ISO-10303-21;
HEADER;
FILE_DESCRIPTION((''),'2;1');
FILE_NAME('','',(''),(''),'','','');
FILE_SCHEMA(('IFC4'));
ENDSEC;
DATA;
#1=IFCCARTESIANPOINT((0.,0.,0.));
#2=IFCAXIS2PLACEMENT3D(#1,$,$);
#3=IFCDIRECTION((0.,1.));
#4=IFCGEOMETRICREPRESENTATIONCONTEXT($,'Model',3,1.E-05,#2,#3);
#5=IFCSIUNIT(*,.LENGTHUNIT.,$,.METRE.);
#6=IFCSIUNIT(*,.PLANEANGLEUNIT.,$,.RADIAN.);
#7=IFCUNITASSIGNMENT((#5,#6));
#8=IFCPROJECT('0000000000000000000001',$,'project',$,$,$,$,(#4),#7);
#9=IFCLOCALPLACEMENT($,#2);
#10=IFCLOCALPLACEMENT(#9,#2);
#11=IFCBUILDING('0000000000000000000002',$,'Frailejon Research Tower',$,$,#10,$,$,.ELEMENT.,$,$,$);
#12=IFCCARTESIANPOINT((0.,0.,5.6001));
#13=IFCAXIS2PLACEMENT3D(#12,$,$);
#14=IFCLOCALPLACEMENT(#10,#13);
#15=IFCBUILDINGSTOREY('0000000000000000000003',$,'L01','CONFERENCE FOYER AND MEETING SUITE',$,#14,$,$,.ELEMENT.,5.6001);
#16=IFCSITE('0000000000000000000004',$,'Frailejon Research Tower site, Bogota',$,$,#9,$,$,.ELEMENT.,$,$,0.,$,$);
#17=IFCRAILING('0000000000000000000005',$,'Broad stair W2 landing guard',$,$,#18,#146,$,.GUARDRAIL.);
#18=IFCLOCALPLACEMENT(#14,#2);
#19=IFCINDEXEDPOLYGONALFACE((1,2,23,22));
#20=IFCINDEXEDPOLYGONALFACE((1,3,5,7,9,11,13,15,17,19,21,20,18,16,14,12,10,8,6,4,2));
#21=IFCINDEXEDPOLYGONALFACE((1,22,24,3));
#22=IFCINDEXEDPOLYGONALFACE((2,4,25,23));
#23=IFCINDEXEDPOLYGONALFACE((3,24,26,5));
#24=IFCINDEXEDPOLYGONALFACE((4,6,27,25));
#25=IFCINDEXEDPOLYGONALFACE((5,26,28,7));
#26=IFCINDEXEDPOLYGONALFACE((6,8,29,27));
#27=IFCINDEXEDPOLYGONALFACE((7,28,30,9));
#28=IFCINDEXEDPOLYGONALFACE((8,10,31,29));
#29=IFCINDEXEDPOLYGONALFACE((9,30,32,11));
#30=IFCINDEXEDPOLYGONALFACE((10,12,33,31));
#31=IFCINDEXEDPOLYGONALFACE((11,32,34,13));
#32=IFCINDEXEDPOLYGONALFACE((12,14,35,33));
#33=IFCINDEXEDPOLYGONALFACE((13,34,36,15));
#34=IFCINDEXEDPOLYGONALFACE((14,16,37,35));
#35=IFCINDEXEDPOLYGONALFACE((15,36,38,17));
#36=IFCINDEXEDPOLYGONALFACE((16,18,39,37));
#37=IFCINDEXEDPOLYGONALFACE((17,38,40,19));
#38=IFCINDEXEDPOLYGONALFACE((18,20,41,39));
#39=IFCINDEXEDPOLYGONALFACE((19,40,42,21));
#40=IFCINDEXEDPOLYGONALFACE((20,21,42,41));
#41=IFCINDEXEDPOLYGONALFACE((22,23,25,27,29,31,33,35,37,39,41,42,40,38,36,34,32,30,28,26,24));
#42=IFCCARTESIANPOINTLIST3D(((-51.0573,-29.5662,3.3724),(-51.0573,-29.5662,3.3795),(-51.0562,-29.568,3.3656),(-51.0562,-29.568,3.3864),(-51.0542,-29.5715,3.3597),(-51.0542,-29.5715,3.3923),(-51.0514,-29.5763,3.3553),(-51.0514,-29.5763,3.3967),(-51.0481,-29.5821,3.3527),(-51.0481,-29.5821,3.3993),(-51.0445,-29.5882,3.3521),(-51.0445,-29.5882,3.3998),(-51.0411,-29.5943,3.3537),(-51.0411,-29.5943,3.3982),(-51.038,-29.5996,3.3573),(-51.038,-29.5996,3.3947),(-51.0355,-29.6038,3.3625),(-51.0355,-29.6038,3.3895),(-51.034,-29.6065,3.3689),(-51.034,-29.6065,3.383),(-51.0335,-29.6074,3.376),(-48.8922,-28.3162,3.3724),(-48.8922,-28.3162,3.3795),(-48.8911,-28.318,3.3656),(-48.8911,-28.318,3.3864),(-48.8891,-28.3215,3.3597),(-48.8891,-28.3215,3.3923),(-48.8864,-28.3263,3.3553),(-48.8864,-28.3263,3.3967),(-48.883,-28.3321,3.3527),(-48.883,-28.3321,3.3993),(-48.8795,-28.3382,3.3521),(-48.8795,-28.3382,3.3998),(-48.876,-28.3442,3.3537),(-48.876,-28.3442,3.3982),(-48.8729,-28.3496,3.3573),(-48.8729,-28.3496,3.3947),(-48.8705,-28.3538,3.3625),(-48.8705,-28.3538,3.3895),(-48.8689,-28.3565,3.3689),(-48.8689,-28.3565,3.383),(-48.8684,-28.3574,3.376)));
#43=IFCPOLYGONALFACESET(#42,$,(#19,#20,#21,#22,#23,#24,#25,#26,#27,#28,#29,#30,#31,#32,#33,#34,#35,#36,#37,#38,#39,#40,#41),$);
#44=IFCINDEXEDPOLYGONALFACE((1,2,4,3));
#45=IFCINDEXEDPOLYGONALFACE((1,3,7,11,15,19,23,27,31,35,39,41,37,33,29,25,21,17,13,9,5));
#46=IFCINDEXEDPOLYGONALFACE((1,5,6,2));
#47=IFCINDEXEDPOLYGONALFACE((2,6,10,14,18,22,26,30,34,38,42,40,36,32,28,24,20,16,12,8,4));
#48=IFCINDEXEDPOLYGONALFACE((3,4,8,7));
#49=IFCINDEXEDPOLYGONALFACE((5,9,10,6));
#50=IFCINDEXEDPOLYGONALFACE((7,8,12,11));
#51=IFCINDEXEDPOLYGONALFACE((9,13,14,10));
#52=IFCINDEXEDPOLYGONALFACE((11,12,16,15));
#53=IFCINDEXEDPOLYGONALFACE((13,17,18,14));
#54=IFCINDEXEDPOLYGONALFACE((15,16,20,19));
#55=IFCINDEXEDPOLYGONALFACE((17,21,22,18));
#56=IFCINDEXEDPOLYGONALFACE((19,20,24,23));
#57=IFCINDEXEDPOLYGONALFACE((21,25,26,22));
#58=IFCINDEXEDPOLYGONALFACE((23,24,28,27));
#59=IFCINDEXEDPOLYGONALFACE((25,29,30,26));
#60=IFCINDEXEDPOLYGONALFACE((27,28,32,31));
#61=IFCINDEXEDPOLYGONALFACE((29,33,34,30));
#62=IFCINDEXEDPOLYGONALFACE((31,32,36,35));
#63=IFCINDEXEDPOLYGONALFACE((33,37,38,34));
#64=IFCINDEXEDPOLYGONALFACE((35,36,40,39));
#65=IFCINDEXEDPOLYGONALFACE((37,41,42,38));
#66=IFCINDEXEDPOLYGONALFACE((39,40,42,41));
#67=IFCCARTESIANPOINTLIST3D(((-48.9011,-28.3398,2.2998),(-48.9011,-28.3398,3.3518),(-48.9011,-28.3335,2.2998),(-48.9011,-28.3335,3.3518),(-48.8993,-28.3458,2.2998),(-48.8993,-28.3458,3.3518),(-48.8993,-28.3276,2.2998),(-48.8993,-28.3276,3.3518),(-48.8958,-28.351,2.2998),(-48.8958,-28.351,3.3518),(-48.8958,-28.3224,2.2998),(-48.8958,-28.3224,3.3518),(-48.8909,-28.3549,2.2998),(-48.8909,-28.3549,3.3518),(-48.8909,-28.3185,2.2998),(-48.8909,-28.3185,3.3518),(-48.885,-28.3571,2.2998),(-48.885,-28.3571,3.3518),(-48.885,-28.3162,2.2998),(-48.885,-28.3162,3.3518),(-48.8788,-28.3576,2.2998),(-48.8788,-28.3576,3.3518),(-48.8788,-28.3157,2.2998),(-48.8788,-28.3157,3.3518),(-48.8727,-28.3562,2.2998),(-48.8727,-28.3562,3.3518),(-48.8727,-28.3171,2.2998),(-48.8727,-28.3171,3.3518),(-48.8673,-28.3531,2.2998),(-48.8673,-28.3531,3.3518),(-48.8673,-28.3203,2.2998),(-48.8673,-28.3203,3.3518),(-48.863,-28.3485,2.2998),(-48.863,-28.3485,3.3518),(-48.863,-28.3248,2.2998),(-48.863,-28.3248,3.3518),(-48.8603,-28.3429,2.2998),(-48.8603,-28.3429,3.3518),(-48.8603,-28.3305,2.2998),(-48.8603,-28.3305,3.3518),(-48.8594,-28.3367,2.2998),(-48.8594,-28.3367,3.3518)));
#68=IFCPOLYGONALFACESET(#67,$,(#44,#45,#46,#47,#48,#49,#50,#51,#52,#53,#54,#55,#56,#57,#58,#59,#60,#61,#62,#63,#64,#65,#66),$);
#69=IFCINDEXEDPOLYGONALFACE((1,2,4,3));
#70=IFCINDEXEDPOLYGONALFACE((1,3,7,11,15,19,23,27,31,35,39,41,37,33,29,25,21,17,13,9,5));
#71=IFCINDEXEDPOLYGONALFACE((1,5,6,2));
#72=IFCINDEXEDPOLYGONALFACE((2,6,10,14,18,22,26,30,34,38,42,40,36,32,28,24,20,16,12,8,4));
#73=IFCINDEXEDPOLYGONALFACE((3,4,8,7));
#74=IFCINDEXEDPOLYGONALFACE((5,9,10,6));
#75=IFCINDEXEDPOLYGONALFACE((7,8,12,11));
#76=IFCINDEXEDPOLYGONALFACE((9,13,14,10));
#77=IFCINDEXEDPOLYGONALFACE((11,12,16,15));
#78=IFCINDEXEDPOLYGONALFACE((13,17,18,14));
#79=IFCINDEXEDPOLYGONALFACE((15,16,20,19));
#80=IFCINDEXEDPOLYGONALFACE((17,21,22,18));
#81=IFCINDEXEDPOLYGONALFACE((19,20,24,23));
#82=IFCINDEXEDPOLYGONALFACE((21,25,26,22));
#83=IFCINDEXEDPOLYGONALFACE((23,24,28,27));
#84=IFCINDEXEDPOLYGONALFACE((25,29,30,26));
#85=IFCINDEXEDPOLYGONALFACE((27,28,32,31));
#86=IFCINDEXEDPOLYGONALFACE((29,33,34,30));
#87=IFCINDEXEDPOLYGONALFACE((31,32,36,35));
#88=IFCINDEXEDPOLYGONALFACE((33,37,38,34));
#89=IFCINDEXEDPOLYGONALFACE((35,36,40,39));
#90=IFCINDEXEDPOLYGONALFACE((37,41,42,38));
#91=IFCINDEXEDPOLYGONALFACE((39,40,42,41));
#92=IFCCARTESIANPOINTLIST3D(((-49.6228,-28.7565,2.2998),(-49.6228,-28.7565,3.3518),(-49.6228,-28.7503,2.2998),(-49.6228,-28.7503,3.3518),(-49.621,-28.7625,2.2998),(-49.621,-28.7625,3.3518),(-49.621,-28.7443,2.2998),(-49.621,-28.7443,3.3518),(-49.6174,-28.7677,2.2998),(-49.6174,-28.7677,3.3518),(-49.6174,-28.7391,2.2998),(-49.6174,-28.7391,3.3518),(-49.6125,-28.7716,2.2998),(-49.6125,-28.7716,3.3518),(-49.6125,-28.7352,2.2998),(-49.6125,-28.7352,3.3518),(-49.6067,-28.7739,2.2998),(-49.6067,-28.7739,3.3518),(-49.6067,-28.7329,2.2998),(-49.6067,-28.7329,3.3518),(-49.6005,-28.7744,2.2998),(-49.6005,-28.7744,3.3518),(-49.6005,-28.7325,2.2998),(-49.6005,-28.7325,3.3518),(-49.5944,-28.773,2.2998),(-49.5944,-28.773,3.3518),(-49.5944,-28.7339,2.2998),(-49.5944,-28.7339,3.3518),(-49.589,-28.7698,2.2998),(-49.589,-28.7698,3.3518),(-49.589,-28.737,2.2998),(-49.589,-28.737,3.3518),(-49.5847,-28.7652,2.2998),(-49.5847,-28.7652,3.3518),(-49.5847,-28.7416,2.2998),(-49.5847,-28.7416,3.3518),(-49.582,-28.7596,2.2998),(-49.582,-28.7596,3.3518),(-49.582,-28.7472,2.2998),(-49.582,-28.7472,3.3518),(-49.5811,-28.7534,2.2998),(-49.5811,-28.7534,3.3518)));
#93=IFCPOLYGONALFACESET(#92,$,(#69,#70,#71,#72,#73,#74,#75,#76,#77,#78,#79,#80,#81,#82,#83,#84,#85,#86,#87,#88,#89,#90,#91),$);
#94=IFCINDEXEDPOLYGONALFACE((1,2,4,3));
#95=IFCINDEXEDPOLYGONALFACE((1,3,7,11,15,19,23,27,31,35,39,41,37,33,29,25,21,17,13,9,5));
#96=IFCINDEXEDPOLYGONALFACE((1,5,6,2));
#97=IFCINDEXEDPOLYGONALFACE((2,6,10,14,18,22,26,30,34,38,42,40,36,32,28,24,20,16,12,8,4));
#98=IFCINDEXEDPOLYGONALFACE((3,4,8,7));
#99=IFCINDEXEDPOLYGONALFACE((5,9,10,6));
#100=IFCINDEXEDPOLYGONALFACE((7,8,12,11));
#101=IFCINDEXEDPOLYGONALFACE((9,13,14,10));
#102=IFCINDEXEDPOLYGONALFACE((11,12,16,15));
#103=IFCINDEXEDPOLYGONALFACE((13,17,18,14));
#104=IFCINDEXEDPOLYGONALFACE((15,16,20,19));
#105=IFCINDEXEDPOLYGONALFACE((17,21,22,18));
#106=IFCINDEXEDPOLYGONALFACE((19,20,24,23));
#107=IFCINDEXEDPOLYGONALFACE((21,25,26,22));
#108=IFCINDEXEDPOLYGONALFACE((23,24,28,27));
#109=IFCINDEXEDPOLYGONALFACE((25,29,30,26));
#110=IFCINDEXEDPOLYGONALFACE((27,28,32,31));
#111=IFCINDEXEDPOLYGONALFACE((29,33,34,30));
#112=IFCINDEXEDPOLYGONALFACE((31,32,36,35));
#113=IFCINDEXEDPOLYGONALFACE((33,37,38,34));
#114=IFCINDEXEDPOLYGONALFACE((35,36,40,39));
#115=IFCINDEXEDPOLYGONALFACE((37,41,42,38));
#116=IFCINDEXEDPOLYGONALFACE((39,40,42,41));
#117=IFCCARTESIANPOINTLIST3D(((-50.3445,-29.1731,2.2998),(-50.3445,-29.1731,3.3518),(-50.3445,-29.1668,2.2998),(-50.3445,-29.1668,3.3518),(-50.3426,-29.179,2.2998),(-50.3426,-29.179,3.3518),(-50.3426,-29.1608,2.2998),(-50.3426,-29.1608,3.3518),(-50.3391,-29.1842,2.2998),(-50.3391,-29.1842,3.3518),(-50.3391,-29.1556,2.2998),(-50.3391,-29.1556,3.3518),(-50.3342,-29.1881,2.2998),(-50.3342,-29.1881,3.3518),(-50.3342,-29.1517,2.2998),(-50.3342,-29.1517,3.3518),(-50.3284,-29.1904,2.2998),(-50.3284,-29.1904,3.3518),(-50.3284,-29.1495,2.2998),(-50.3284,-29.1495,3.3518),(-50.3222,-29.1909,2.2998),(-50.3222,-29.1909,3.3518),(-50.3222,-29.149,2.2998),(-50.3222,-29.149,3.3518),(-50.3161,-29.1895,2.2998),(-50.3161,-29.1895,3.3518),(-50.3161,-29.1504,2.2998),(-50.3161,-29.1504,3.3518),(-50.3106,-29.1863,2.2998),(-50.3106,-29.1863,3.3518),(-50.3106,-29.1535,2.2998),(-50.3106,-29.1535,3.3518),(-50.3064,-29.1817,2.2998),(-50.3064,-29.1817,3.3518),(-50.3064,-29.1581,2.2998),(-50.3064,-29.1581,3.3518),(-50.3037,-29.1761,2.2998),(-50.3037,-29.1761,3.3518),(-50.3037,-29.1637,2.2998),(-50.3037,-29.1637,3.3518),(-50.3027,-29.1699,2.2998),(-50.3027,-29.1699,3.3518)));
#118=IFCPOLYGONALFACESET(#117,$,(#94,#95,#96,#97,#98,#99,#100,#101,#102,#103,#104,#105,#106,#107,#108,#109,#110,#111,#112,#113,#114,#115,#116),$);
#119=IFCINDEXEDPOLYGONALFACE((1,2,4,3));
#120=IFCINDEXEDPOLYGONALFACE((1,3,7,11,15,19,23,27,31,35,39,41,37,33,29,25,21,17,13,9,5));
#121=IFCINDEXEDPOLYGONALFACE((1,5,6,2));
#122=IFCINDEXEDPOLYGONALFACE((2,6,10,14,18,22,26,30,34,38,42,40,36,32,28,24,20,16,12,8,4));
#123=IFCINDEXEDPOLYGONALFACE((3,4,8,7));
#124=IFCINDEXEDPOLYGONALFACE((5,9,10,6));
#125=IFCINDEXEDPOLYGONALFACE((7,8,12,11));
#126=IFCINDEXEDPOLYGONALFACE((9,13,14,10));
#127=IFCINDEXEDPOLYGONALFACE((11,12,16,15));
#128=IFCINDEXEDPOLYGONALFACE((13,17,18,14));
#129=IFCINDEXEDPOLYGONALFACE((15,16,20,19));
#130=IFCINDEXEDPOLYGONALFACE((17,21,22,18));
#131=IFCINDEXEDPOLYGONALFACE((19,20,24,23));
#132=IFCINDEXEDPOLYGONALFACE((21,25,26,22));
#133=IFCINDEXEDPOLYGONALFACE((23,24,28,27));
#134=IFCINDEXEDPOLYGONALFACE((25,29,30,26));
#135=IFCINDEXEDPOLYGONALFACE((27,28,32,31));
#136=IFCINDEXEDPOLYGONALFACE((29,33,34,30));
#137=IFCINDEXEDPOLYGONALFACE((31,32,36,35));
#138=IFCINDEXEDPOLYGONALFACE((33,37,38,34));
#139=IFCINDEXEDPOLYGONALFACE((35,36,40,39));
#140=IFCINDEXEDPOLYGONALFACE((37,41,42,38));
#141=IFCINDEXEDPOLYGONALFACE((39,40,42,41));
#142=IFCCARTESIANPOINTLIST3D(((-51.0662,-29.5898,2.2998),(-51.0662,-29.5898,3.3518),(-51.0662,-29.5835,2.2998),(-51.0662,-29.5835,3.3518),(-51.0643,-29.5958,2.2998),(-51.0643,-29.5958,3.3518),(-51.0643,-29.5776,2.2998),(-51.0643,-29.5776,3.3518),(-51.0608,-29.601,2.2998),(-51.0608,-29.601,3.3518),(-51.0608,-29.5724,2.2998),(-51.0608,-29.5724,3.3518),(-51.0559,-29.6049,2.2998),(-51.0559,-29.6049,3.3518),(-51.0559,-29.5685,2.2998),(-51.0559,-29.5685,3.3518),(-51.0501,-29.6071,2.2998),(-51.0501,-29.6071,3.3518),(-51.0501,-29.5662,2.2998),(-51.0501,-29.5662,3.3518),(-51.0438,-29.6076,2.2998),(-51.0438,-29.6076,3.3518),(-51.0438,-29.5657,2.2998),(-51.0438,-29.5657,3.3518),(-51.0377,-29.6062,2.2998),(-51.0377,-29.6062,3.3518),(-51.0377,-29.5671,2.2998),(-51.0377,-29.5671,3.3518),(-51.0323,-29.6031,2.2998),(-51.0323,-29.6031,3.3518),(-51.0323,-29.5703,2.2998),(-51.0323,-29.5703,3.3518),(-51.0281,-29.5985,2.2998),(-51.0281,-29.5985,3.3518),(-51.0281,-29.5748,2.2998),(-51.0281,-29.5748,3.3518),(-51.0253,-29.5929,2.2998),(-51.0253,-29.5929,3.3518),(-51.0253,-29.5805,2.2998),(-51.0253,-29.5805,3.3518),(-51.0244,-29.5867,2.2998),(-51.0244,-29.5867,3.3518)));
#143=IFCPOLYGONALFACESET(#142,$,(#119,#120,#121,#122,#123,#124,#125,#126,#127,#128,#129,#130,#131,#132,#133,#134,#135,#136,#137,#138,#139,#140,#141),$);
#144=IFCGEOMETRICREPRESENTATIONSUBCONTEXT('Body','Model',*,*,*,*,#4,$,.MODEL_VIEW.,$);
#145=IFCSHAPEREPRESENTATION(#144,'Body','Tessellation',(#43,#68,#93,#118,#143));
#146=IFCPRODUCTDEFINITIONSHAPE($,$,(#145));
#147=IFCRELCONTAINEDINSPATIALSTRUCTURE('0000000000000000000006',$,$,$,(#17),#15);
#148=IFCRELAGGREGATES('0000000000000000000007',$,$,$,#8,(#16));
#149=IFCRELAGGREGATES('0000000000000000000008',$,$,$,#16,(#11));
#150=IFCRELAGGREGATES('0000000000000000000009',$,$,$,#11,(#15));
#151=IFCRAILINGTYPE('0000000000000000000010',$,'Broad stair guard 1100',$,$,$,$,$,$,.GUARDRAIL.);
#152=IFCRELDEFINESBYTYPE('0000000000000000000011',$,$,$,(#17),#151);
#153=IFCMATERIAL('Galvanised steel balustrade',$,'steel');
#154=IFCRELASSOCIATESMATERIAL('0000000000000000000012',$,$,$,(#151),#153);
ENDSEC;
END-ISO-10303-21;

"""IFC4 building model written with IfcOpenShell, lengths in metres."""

from ifc_helpers import new_model, si_unit, direction, frame, origin, origin_2d, place, context, subcontext, project, spatial, circle, extrude, material, type_object, element, save


model = new_model("IFC4")

# Units and contexts
model_context = context("Model", 3, precision=1e-05, world=origin(), true_north=direction((0.0, 1.0)))
body_context = subcontext(model_context, "Body", "Model", "MODEL_VIEW")
ifc_project = project(units=[si_unit("LENGTHUNIT", "METRE"), si_unit("PLANEANGLEUNIT", "RADIAN")], contexts=[model_context])

# Site, building, storey
site_placement = place(None, origin())
site = spatial("IfcSite", under=ifc_project, at=site_placement, Name="Frailejon Research Tower site, Bogota", CompositionType="ELEMENT", RefElevation=0.0)
building_placement = place(site_placement, origin())
building = spatial("IfcBuilding", under=site, at=building_placement, Name="Frailejon Research Tower", CompositionType="ELEMENT")
storey_placement = place(building_placement, frame((0.0, 0.0, 5.6001)))
storey = spatial("IfcBuildingStorey", under=building, at=storey_placement, Name="L01", Description="CONFERENCE FOYER AND MEETING SUITE", CompositionType="ELEMENT", Elevation=5.6001)

# Railing
ifc_material_1 = material(Name="Galvanised steel balustrade", Category="steel")
railing_type_1 = type_object("IfcRailingType", Name="Broad stair guard 1100", PredefinedType="GUARDRAIL", material=ifc_material_1)
railing_1_placement = place(storey_placement, frame((-48.8804, -28.3367, 2.2998)))
element("IfcRailing", 1, at=railing_1_placement, inside=storey, type_object=railing_type_1, Name="Broad stair W2 landing guard", PredefinedType="GUARDRAIL", context=body_context, shape_type="SweptSolid", body=[
    extrude(circle(Radius=0.0239, at=origin_2d()), frame((0.0, 0.0, 1.0762), z_axis=(-0.866023, -0.500004, 0.0), x_axis=(0.500004, -0.866023, 0.0)), (0.0, 0.0, 1.0), 2.5),
    extrude(circle(Radius=0.021, at=origin_2d()), origin(), (0.0, 0.0, 1.0), 1.052),
    extrude(circle(Radius=0.021, at=origin_2d()), frame((-0.7217, -0.4167, 0.0)), (0.0, 0.0, 1.0), 1.052),
    extrude(circle(Radius=0.021, at=origin_2d()), frame((-1.4434, -0.8333, 0.0)), (0.0, 0.0, 1.0), 1.052),
    extrude(circle(Radius=0.021, at=origin_2d()), frame((-2.165, -1.25, 0.0)), (0.0, 0.0, 1.0), 1.052),
])

save(model, "model.ifc")
